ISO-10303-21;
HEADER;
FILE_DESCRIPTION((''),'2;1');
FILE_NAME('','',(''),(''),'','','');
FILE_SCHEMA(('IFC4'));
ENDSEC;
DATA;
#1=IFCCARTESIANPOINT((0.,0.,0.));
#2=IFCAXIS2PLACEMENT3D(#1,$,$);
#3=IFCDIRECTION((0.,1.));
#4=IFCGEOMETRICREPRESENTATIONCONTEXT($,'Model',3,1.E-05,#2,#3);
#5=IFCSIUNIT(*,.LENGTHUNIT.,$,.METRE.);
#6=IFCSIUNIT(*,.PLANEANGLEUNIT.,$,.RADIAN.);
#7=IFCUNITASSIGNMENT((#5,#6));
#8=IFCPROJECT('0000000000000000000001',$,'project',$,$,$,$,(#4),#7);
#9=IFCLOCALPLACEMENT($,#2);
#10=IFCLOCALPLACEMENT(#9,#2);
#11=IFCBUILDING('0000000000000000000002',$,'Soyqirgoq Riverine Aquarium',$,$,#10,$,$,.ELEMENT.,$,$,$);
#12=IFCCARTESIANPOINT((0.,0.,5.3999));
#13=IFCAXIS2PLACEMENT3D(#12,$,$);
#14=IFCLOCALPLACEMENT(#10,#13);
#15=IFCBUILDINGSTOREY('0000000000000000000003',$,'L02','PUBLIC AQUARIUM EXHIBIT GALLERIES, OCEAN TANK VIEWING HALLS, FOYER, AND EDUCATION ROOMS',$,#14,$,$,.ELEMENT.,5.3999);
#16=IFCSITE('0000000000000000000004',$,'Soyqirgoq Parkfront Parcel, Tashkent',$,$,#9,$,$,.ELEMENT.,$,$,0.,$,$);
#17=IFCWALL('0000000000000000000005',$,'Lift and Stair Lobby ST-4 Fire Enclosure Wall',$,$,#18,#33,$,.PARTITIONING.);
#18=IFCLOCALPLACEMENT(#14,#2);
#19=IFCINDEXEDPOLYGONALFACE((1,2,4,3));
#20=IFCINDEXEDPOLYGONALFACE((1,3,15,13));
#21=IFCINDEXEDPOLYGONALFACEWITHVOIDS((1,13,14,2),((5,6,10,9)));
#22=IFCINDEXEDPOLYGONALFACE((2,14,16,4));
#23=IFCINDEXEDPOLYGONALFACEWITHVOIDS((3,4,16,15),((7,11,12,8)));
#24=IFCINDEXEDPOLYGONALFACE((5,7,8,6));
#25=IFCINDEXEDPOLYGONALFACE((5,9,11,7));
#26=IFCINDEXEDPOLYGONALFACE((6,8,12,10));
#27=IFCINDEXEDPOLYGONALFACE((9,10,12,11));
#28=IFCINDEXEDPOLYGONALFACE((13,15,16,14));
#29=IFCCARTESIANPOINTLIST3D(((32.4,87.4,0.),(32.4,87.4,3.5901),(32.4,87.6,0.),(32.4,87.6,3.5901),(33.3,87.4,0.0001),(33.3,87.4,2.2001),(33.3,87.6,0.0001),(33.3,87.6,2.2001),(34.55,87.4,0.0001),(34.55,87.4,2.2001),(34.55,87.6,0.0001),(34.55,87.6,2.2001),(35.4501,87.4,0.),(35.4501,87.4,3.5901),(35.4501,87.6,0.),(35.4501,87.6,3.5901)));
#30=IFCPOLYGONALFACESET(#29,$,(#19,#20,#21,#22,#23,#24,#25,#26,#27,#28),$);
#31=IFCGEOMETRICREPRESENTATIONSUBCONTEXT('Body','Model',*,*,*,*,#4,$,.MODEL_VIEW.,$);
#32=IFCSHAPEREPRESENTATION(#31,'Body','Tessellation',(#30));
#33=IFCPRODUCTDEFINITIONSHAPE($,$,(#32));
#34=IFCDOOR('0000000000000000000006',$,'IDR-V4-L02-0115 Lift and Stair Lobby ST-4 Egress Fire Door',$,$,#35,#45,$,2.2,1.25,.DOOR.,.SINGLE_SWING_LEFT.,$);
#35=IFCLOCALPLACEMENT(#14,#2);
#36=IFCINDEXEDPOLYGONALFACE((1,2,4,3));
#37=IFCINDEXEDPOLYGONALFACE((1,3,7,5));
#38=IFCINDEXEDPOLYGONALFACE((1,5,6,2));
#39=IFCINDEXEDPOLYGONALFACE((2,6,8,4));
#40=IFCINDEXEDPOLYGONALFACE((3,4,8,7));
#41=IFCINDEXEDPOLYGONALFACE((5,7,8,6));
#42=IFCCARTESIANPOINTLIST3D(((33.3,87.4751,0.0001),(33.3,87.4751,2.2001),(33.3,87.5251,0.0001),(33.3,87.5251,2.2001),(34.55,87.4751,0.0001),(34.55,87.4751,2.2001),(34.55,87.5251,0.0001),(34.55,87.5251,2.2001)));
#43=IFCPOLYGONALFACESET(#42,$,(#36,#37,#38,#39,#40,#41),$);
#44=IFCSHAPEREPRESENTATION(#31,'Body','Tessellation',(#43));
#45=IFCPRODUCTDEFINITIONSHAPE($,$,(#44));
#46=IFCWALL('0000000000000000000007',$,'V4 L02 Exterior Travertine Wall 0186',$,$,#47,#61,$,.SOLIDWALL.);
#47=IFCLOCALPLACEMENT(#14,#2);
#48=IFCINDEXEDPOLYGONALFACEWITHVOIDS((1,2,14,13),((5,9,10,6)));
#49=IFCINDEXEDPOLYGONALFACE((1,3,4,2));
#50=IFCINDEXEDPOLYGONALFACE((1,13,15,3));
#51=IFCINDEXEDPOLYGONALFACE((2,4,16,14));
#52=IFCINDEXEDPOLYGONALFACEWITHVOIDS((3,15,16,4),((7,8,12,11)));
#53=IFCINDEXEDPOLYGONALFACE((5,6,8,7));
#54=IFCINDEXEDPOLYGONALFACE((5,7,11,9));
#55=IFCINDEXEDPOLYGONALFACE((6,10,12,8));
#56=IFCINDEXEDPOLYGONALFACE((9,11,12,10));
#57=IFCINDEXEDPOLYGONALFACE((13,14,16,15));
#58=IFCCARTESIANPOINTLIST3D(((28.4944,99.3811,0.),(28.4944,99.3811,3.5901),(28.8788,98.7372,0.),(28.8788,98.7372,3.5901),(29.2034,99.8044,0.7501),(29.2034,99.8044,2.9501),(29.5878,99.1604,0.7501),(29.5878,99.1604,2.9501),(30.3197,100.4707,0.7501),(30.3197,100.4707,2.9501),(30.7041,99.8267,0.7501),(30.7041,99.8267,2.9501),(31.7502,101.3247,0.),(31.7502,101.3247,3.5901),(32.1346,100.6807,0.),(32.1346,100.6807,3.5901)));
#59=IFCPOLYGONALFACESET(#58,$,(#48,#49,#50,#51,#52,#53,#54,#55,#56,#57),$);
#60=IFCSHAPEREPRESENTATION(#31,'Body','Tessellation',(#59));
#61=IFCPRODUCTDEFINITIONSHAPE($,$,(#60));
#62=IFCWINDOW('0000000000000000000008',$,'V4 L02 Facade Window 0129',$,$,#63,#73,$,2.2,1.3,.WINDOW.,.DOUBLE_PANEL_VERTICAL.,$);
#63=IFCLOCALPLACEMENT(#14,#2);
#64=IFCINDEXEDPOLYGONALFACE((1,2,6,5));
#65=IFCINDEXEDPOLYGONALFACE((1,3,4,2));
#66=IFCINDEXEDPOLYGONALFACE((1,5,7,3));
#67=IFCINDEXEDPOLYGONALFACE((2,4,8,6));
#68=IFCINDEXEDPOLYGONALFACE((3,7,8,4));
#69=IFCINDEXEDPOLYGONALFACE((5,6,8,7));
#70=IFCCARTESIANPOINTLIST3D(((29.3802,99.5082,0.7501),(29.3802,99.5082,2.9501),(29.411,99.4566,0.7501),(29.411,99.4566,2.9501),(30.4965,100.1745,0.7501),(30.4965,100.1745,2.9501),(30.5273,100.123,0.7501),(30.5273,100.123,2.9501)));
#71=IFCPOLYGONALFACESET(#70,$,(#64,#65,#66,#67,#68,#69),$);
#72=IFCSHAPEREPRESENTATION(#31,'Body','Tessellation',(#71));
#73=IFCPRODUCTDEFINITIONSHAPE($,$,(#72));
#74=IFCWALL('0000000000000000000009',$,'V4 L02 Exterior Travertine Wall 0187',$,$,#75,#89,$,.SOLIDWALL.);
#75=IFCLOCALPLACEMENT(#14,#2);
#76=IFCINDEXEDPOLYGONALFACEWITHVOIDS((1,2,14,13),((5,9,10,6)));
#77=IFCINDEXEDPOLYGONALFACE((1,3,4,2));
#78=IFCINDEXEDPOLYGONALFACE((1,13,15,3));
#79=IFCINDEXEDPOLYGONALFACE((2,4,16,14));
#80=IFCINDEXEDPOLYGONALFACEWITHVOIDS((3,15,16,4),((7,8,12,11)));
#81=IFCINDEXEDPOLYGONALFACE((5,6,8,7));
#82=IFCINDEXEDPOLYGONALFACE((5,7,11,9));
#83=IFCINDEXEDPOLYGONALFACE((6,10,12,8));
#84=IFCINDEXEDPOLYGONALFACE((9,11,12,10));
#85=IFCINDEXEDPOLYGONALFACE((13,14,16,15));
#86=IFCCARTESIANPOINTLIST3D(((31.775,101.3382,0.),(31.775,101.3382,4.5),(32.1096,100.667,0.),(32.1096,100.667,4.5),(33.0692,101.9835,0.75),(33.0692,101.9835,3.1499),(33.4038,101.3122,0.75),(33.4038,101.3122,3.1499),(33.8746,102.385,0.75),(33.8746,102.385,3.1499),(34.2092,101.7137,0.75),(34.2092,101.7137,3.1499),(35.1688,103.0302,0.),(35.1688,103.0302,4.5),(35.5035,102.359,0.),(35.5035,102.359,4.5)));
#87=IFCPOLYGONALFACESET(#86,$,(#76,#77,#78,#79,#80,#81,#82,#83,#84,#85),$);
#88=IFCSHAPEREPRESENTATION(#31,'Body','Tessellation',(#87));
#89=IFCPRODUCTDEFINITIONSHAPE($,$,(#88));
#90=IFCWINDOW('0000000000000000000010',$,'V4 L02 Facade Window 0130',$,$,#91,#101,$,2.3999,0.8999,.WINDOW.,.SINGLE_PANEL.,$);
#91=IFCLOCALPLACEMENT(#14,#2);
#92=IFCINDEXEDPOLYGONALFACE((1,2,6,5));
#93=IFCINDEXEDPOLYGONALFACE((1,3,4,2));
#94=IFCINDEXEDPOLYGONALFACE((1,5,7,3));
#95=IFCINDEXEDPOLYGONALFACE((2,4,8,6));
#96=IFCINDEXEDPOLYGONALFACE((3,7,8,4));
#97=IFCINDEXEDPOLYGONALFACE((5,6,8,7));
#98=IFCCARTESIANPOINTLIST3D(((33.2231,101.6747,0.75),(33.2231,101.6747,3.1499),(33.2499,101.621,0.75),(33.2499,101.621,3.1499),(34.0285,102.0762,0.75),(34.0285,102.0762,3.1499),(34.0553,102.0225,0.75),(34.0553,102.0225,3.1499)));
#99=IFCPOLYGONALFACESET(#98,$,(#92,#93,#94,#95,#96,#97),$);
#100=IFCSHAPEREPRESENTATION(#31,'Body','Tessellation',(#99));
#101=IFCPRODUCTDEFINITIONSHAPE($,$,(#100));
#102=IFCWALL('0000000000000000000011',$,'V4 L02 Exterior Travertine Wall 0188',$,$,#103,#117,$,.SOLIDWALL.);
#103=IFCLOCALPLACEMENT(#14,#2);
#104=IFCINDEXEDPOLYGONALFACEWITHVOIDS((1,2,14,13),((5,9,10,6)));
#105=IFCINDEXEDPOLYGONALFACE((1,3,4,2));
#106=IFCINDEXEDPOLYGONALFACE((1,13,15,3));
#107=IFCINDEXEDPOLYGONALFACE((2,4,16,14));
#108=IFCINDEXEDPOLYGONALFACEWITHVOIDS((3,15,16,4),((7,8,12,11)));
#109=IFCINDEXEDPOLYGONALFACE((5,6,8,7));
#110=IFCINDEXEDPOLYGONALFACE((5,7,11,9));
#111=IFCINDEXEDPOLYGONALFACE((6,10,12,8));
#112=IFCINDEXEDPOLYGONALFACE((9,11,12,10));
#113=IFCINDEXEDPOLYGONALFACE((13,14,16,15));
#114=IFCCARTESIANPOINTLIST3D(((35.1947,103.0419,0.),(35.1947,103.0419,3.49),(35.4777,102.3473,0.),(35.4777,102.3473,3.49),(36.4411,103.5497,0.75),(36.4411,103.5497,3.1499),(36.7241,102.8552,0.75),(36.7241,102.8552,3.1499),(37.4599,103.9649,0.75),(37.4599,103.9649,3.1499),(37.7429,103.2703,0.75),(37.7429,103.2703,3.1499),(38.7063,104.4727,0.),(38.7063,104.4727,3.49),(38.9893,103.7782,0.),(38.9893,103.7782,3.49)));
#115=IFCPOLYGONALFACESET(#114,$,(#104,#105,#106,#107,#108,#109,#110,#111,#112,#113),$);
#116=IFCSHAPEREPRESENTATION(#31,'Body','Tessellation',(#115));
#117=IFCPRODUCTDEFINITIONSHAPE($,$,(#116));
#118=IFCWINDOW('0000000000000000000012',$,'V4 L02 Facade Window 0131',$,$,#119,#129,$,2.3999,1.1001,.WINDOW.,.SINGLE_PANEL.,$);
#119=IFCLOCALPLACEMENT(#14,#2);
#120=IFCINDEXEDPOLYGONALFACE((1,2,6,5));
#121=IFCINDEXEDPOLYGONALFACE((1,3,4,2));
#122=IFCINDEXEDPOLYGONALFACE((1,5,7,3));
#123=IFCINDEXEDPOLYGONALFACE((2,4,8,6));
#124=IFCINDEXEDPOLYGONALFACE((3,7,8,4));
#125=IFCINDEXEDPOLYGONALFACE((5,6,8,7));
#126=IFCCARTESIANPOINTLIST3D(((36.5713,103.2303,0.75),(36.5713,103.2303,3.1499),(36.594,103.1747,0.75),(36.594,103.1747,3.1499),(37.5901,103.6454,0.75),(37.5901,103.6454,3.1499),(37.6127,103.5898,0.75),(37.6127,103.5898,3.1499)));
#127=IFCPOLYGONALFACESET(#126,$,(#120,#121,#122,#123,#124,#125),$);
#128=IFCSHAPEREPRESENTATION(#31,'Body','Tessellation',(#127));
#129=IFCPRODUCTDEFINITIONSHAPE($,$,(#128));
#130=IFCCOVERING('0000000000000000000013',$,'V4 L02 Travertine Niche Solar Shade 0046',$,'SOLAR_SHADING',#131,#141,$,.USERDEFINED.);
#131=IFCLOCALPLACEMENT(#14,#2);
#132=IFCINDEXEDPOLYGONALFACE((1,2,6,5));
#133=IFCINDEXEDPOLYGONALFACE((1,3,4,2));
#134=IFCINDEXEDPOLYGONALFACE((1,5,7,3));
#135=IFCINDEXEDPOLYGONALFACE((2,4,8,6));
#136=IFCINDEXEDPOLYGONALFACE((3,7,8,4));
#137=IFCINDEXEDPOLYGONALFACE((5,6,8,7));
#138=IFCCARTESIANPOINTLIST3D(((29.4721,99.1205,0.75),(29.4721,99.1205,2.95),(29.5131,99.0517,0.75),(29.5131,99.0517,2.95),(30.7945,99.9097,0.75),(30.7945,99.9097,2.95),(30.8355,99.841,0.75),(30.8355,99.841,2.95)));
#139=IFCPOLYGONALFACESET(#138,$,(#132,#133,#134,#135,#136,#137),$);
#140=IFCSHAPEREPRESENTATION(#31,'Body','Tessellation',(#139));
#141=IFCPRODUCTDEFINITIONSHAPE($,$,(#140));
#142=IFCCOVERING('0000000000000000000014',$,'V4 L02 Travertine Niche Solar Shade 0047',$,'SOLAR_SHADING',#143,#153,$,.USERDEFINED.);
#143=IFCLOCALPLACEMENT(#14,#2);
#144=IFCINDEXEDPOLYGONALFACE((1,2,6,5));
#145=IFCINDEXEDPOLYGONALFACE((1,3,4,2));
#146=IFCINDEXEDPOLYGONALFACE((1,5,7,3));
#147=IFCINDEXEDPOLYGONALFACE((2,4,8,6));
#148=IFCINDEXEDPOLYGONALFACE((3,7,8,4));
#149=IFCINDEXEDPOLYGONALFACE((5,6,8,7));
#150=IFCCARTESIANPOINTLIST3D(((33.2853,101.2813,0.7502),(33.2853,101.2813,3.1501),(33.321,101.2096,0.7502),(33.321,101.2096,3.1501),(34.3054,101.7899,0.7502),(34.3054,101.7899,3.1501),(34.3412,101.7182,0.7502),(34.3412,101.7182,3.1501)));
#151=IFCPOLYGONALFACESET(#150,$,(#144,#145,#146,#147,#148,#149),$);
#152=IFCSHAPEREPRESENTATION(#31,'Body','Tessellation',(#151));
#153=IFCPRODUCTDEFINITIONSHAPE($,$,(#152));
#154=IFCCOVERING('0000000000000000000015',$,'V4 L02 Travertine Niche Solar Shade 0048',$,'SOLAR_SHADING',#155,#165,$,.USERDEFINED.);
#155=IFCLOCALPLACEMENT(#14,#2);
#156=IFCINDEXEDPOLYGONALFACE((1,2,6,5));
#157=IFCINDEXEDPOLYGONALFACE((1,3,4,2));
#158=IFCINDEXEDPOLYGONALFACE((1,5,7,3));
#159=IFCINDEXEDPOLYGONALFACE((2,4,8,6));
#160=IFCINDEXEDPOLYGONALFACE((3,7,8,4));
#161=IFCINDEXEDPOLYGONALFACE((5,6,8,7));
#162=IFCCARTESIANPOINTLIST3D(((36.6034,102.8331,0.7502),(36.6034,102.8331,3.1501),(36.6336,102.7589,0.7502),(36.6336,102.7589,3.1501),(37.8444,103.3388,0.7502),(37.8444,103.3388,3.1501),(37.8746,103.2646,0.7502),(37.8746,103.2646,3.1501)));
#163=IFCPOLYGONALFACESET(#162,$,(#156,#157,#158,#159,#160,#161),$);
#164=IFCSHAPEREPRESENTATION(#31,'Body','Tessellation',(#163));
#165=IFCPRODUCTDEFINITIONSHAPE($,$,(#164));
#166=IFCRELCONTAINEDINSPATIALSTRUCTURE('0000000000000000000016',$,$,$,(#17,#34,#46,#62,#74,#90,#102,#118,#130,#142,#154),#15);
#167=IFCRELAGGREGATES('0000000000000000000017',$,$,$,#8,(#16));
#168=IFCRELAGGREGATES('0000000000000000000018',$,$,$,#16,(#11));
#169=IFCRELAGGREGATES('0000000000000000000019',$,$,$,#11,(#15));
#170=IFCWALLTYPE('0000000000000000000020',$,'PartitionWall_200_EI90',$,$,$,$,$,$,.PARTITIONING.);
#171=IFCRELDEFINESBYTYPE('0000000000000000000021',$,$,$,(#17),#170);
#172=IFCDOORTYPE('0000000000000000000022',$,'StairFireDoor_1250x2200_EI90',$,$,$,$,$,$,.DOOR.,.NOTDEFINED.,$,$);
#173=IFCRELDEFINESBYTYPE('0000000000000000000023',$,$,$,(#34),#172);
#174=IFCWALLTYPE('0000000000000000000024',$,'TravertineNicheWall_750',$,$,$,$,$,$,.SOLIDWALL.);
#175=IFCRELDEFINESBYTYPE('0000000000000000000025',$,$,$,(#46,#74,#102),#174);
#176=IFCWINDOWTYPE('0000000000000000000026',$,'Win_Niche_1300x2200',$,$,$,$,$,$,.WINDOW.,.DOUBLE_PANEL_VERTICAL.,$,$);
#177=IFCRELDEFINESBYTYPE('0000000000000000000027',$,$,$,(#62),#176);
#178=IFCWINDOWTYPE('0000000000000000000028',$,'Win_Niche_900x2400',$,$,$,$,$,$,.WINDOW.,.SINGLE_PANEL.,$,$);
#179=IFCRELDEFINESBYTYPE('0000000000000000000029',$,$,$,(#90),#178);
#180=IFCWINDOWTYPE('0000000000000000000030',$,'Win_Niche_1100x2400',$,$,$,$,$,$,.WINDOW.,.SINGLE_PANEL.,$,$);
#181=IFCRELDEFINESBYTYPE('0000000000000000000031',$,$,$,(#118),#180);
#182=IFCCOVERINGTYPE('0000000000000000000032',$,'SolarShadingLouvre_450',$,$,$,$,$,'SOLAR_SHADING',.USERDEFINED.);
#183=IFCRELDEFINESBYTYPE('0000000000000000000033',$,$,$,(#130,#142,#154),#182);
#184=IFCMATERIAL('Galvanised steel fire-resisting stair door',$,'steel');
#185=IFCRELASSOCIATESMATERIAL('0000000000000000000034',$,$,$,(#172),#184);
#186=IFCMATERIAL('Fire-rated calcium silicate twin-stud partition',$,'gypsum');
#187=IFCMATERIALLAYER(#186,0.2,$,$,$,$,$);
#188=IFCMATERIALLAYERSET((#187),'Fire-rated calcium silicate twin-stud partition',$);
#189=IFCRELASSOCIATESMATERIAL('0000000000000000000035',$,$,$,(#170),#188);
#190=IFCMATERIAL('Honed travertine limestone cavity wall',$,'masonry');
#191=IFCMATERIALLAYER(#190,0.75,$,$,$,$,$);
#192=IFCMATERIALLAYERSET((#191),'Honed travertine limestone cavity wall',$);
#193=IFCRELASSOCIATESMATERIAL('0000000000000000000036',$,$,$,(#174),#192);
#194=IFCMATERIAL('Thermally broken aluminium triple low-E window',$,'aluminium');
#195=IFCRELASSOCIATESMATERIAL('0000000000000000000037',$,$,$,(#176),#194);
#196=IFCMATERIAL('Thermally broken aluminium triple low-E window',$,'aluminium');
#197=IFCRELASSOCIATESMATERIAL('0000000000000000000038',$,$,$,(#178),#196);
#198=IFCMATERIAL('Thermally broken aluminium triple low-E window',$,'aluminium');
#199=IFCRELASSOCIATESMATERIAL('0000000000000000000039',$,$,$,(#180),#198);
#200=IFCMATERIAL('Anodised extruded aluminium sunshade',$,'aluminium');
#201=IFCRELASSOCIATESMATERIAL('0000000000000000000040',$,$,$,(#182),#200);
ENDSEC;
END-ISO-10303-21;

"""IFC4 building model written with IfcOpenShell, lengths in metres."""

from ifc_helpers import new_model, si_unit, direction, frame, frame_2d, origin, origin_2d, place, context, subcontext, project, spatial, rectangle, extrude, material, layer, layer_set, type_object, element, fill, save


model = new_model("IFC4")

# Units and contexts
model_context = context("Model", 3, precision=1e-05, world=origin(), true_north=direction((0.0, 1.0)))
body_context = subcontext(model_context, "Body", "Model", "MODEL_VIEW")
ifc_project = project(units=[si_unit("LENGTHUNIT", "METRE"), si_unit("PLANEANGLEUNIT", "RADIAN")], contexts=[model_context])

# Site, building, storey
site_placement = place(None, origin())
site = spatial("IfcSite", under=ifc_project, at=site_placement, Name="Soyqirgoq Parkfront Parcel, Tashkent", CompositionType="ELEMENT", RefElevation=0.0)
building_placement = place(site_placement, origin())
building = spatial("IfcBuilding", under=site, at=building_placement, Name="Soyqirgoq Riverine Aquarium", CompositionType="ELEMENT")
storey_placement = place(building_placement, frame((0.0, 0.0, 5.3999)))
storey = spatial("IfcBuildingStorey", under=building, at=storey_placement, Name="L02", Description="PUBLIC AQUARIUM EXHIBIT GALLERIES, OCEAN TANK VIEWING HALLS, FOYER, AND EDUCATION ROOMS", CompositionType="ELEMENT", Elevation=5.3999)

# Shared definitions
ifc_material_1 = material(Name="Galvanised steel fire-resisting stair door", Category="steel")
door_type_1 = type_object("IfcDoorType", Name="StairFireDoor_1250x2200_EI90", OperationType="NOTDEFINED", PredefinedType="DOOR", material=ifc_material_1)

# Wall, opening, door
ifc_material_2 = material(Name="Fire-rated calcium silicate twin-stud partition", Category="gypsum")
ifc_layer_1 = layer(ifc_material_2, 0.2)
ifc_layer_set_1 = layer_set([ifc_layer_1], Name="Fire-rated calcium silicate twin-stud partition")
wall_type_1 = type_object("IfcWallType", Name="PartitionWall_200_EI90", PredefinedType="PARTITIONING", material=ifc_layer_set_1)
wall_1_placement = place(storey_placement, frame((35.45, 87.5, 0.0), z_axis=(0.0, 0.0, 1.0), x_axis=(-1.0, 0.0, 0.0)))
wall_1 = element("IfcWall", 1, at=wall_1_placement, inside=storey, type_object=wall_type_1, Name="Lift and Stair Lobby ST-4 Fire Enclosure Wall", PredefinedType="PARTITIONING", context=body_context, shape_type="SweptSolid", body=[
    extrude(rectangle(XDim=3.05, YDim=0.2, at=frame_2d((1.5249, 0.0))), origin(), (0.0, 0.0, 1.0), 3.5901),
])
opening_1_placement = place(wall_1_placement, frame((0.8999, 0.0, 0.0)))
opening_1 = element("IfcOpeningElement", 2, at=opening_1_placement, cuts=wall_1, PredefinedType="OPENING", context=body_context, shape_type="SweptSolid", body=[
    extrude(rectangle(XDim=1.25, YDim=2.2, at=frame_2d((0.625, 1.1001))), frame((0.0, 0.1099, 0.0), z_axis=(0.0, -1.0, 0.0), x_axis=(1.0, 0.0, 0.0)), (0.0, 0.0, 1.0), 0.22),
])
door_1_placement = place(opening_1_placement, origin())
door_1 = element("IfcDoor", 3, at=door_1_placement, inside=storey, type_object=door_type_1, Name="IDR-V4-L02-0115 Lift and Stair Lobby ST-4 Egress Fire Door", OperationType="SINGLE_SWING_LEFT", OverallHeight=2.2, OverallWidth=1.25, PredefinedType="DOOR", context=body_context, shape_type="SweptSolid", body=[
    extrude(rectangle(XDim=1.25, YDim=2.2, at=frame_2d((0.625, 1.1001))), frame((0.0, 0.0249, 0.0), z_axis=(0.0, -1.0, 0.0), x_axis=(1.0, 0.0, 0.0)), (0.0, 0.0, 1.0), 0.05),
])
fill(opening_1, door_1)

# Walls, openings, windows
ifc_material_3 = material(Name="Honed travertine limestone cavity wall", Category="masonry")
ifc_layer_2 = layer(ifc_material_3, 0.75)
ifc_layer_set_2 = layer_set([ifc_layer_2], Name="Honed travertine limestone cavity wall")
wall_type_2 = type_object("IfcWallType", Name="TravertineNicheWall_750", PredefinedType="SOLIDWALL", material=ifc_layer_set_2)
wall_2_placement = place(storey_placement, frame((28.6865, 99.0591, 0.0), z_axis=(0.0, 0.0, 1.0), x_axis=(0.858644, 0.512572, 0.0)))
wall_2 = element("IfcWall", 4, at=wall_2_placement, inside=storey, type_object=wall_type_2, Name="V4 L02 Exterior Travertine Wall 0186", PredefinedType="SOLIDWALL", context=body_context, shape_type="SweptSolid", body=[
    extrude(rectangle(XDim=3.7917, YDim=0.75, at=frame_2d((1.896, 0.0))), origin(), (0.0, 0.0, 1.0), 3.5901),
])
opening_2_placement = place(wall_2_placement, frame((0.8259, 0.0, 0.75)))
opening_2 = element("IfcOpeningElement", 5, at=opening_2_placement, cuts=wall_2, PredefinedType="OPENING", context=body_context, shape_type="SweptSolid", body=[
    extrude(rectangle(XDim=1.3, YDim=2.2, at=frame_2d((0.6499, 1.1001))), frame((0.0, 0.385, 0.0), z_axis=(0.0, -1.0, 0.0), x_axis=(1.0, 0.0, 0.0)), (0.0, 0.0, 1.0), 0.77),
])
ifc_material_4 = material(Name="Thermally broken aluminium triple low-E window", Category="aluminium")
window_type_1 = type_object("IfcWindowType", Name="Win_Niche_1300x2200", PartitioningType="DOUBLE_PANEL_VERTICAL", PredefinedType="WINDOW", material=ifc_material_4)
window_1_placement = place(opening_2_placement, origin())
window_1 = element("IfcWindow", 6, at=window_1_placement, inside=storey, type_object=window_type_1, Name="V4 L02 Facade Window 0129", OverallHeight=2.2, OverallWidth=1.3, PartitioningType="DOUBLE_PANEL_VERTICAL", PredefinedType="WINDOW", context=body_context, shape_type="SweptSolid", body=[
    extrude(rectangle(XDim=1.3, YDim=2.2, at=frame_2d((0.6499, 1.1001))), frame((0.0, 0.03, 0.0), z_axis=(0.0, -1.0, 0.0), x_axis=(1.0, 0.0, 0.0)), (0.0, 0.0, 1.0), 0.0601),
])
fill(opening_2, window_1)
wall_3_placement = place(storey_placement, frame((31.9424, 101.0027, 0.0), z_axis=(0.0, 0.0, 1.0), x_axis=(0.894954, 0.446157, 0.0)))
wall_3 = element("IfcWall", 7, at=wall_3_placement, inside=storey, type_object=wall_type_2, Name="V4 L02 Exterior Travertine Wall 0187", PredefinedType="SOLIDWALL", context=body_context, shape_type="SweptSolid", body=[
    extrude(rectangle(XDim=3.7922, YDim=0.75, at=frame_2d((1.896, 0.0))), origin(), (0.0, 0.0, 1.0), 4.5),
])
opening_3_placement = place(wall_3_placement, frame((1.446, 0.0, 0.75)))
opening_3 = element("IfcOpeningElement", 8, at=opening_3_placement, cuts=wall_3, PredefinedType="OPENING", context=body_context, shape_type="SweptSolid", body=[
    extrude(rectangle(XDim=0.8999, YDim=2.3999, at=frame_2d((0.45, 1.2))), frame((0.0, 0.385, 0.0), z_axis=(0.0, -1.0, 0.0), x_axis=(1.0, 0.0, 0.0)), (0.0, 0.0, 1.0), 0.77),
])
ifc_material_5 = material(Name="Thermally broken aluminium triple low-E window", Category="aluminium")
window_type_2 = type_object("IfcWindowType", Name="Win_Niche_900x2400", PartitioningType="SINGLE_PANEL", PredefinedType="WINDOW", material=ifc_material_5)
window_2_placement = place(opening_3_placement, origin())
window_2 = element("IfcWindow", 9, at=window_2_placement, inside=storey, type_object=window_type_2, Name="V4 L02 Facade Window 0130", OverallHeight=2.3999, OverallWidth=0.8999, PartitioningType="SINGLE_PANEL", PredefinedType="WINDOW", context=body_context, shape_type="SweptSolid", body=[
    extrude(rectangle(XDim=0.8999, YDim=2.3999, at=frame_2d((0.45, 1.2))), frame((0.0, 0.03, 0.0), z_axis=(0.0, -1.0, 0.0), x_axis=(1.0, 0.0, 0.0)), (0.0, 0.0, 1.0), 0.0601),
])
fill(opening_3, window_2)
wall_4_placement = place(storey_placement, frame((35.3362, 102.6946, 0.0), z_axis=(0.0, 0.0, 1.0), x_axis=(0.926073, 0.377344, 0.0)))
wall_4 = element("IfcWall", 10, at=wall_4_placement, inside=storey, type_object=wall_type_2, Name="V4 L02 Exterior Travertine Wall 0188", PredefinedType="SOLIDWALL", context=body_context, shape_type="SweptSolid", body=[
    extrude(rectangle(XDim=3.792, YDim=0.75, at=frame_2d((1.896, 0.0))), origin(), (0.0, 0.0, 1.0), 3.49),
])
opening_4_placement = place(wall_4_placement, frame((1.3459, 0.0, 0.75)))
opening_4 = element("IfcOpeningElement", 11, at=opening_4_placement, cuts=wall_4, PredefinedType="OPENING", context=body_context, shape_type="SweptSolid", body=[
    extrude(rectangle(XDim=1.1001, YDim=2.3999, at=frame_2d((0.55, 1.2))), frame((0.0, 0.385, 0.0), z_axis=(0.0, -1.0, 0.0), x_axis=(1.0, 0.0, 0.0)), (0.0, 0.0, 1.0), 0.77),
])
ifc_material_6 = material(Name="Thermally broken aluminium triple low-E window", Category="aluminium")
window_type_3 = type_object("IfcWindowType", Name="Win_Niche_1100x2400", PartitioningType="SINGLE_PANEL", PredefinedType="WINDOW", material=ifc_material_6)
window_3_placement = place(opening_4_placement, origin())
window_3 = element("IfcWindow", 12, at=window_3_placement, inside=storey, type_object=window_type_3, Name="V4 L02 Facade Window 0131", OverallHeight=2.3999, OverallWidth=1.1001, PartitioningType="SINGLE_PANEL", PredefinedType="WINDOW", context=body_context, shape_type="SweptSolid", body=[
    extrude(rectangle(XDim=1.1001, YDim=2.3999, at=frame_2d((0.55, 1.2))), frame((0.0, 0.03, 0.0), z_axis=(0.0, -1.0, 0.0), x_axis=(1.0, 0.0, 0.0)), (0.0, 0.0, 1.0), 0.0601),
])
fill(opening_4, window_3)

# Coverings
ifc_material_7 = material(Name="Anodised extruded aluminium sunshade", Category="aluminium")
covering_type_1 = type_object("IfcCoveringType", Name="SolarShadingLouvre_450", ElementType="SOLAR_SHADING", PredefinedType="USERDEFINED", material=ifc_material_7)
covering_1_placement = place(storey_placement, frame((30.1538, 99.4807, 0.75), z_axis=(0.0, 0.0, 1.0), x_axis=(0.858692, 0.512493, 0.0)))
element("IfcCovering", 13, at=covering_1_placement, inside=storey, type_object=covering_type_1, Name="V4 L02 Travertine Niche Solar Shade 0046", ObjectType="SOLAR_SHADING", PredefinedType="USERDEFINED", context=body_context, shape_type="SweptSolid", body=[
    extrude(rectangle(XDim=1.54, YDim=0.0801, at=origin_2d()), origin(), (0.0, 0.0, 1.0), 2.2),
])
covering_2_placement = place(storey_placement, frame((33.8132, 101.4998, 0.7502), z_axis=(0.0, 0.0, 1.0), x_axis=(0.894934, 0.446198, 0.0)))
element("IfcCovering", 14, at=covering_2_placement, inside=storey, type_object=covering_type_1, Name="V4 L02 Travertine Niche Solar Shade 0047", ObjectType="SOLAR_SHADING", PredefinedType="USERDEFINED", context=body_context, shape_type="SweptSolid", body=[
    extrude(rectangle(XDim=1.1399, YDim=0.0801, at=origin_2d()), origin(), (0.0, 0.0, 1.0), 2.3999),
])
covering_3_placement = place(storey_placement, frame((37.239, 103.0488, 0.7502), z_axis=(0.0, 0.0, 1.0), x_axis=(0.926068, 0.377356, 0.0)))
element("IfcCovering", 15, at=covering_3_placement, inside=storey, type_object=covering_type_1, Name="V4 L02 Travertine Niche Solar Shade 0048", ObjectType="SOLAR_SHADING", PredefinedType="USERDEFINED", context=body_context, shape_type="SweptSolid", body=[
    extrude(rectangle(XDim=1.3401, YDim=0.0801, at=origin_2d()), origin(), (0.0, 0.0, 1.0), 2.3999),
])

save(model, "model.ifc")
